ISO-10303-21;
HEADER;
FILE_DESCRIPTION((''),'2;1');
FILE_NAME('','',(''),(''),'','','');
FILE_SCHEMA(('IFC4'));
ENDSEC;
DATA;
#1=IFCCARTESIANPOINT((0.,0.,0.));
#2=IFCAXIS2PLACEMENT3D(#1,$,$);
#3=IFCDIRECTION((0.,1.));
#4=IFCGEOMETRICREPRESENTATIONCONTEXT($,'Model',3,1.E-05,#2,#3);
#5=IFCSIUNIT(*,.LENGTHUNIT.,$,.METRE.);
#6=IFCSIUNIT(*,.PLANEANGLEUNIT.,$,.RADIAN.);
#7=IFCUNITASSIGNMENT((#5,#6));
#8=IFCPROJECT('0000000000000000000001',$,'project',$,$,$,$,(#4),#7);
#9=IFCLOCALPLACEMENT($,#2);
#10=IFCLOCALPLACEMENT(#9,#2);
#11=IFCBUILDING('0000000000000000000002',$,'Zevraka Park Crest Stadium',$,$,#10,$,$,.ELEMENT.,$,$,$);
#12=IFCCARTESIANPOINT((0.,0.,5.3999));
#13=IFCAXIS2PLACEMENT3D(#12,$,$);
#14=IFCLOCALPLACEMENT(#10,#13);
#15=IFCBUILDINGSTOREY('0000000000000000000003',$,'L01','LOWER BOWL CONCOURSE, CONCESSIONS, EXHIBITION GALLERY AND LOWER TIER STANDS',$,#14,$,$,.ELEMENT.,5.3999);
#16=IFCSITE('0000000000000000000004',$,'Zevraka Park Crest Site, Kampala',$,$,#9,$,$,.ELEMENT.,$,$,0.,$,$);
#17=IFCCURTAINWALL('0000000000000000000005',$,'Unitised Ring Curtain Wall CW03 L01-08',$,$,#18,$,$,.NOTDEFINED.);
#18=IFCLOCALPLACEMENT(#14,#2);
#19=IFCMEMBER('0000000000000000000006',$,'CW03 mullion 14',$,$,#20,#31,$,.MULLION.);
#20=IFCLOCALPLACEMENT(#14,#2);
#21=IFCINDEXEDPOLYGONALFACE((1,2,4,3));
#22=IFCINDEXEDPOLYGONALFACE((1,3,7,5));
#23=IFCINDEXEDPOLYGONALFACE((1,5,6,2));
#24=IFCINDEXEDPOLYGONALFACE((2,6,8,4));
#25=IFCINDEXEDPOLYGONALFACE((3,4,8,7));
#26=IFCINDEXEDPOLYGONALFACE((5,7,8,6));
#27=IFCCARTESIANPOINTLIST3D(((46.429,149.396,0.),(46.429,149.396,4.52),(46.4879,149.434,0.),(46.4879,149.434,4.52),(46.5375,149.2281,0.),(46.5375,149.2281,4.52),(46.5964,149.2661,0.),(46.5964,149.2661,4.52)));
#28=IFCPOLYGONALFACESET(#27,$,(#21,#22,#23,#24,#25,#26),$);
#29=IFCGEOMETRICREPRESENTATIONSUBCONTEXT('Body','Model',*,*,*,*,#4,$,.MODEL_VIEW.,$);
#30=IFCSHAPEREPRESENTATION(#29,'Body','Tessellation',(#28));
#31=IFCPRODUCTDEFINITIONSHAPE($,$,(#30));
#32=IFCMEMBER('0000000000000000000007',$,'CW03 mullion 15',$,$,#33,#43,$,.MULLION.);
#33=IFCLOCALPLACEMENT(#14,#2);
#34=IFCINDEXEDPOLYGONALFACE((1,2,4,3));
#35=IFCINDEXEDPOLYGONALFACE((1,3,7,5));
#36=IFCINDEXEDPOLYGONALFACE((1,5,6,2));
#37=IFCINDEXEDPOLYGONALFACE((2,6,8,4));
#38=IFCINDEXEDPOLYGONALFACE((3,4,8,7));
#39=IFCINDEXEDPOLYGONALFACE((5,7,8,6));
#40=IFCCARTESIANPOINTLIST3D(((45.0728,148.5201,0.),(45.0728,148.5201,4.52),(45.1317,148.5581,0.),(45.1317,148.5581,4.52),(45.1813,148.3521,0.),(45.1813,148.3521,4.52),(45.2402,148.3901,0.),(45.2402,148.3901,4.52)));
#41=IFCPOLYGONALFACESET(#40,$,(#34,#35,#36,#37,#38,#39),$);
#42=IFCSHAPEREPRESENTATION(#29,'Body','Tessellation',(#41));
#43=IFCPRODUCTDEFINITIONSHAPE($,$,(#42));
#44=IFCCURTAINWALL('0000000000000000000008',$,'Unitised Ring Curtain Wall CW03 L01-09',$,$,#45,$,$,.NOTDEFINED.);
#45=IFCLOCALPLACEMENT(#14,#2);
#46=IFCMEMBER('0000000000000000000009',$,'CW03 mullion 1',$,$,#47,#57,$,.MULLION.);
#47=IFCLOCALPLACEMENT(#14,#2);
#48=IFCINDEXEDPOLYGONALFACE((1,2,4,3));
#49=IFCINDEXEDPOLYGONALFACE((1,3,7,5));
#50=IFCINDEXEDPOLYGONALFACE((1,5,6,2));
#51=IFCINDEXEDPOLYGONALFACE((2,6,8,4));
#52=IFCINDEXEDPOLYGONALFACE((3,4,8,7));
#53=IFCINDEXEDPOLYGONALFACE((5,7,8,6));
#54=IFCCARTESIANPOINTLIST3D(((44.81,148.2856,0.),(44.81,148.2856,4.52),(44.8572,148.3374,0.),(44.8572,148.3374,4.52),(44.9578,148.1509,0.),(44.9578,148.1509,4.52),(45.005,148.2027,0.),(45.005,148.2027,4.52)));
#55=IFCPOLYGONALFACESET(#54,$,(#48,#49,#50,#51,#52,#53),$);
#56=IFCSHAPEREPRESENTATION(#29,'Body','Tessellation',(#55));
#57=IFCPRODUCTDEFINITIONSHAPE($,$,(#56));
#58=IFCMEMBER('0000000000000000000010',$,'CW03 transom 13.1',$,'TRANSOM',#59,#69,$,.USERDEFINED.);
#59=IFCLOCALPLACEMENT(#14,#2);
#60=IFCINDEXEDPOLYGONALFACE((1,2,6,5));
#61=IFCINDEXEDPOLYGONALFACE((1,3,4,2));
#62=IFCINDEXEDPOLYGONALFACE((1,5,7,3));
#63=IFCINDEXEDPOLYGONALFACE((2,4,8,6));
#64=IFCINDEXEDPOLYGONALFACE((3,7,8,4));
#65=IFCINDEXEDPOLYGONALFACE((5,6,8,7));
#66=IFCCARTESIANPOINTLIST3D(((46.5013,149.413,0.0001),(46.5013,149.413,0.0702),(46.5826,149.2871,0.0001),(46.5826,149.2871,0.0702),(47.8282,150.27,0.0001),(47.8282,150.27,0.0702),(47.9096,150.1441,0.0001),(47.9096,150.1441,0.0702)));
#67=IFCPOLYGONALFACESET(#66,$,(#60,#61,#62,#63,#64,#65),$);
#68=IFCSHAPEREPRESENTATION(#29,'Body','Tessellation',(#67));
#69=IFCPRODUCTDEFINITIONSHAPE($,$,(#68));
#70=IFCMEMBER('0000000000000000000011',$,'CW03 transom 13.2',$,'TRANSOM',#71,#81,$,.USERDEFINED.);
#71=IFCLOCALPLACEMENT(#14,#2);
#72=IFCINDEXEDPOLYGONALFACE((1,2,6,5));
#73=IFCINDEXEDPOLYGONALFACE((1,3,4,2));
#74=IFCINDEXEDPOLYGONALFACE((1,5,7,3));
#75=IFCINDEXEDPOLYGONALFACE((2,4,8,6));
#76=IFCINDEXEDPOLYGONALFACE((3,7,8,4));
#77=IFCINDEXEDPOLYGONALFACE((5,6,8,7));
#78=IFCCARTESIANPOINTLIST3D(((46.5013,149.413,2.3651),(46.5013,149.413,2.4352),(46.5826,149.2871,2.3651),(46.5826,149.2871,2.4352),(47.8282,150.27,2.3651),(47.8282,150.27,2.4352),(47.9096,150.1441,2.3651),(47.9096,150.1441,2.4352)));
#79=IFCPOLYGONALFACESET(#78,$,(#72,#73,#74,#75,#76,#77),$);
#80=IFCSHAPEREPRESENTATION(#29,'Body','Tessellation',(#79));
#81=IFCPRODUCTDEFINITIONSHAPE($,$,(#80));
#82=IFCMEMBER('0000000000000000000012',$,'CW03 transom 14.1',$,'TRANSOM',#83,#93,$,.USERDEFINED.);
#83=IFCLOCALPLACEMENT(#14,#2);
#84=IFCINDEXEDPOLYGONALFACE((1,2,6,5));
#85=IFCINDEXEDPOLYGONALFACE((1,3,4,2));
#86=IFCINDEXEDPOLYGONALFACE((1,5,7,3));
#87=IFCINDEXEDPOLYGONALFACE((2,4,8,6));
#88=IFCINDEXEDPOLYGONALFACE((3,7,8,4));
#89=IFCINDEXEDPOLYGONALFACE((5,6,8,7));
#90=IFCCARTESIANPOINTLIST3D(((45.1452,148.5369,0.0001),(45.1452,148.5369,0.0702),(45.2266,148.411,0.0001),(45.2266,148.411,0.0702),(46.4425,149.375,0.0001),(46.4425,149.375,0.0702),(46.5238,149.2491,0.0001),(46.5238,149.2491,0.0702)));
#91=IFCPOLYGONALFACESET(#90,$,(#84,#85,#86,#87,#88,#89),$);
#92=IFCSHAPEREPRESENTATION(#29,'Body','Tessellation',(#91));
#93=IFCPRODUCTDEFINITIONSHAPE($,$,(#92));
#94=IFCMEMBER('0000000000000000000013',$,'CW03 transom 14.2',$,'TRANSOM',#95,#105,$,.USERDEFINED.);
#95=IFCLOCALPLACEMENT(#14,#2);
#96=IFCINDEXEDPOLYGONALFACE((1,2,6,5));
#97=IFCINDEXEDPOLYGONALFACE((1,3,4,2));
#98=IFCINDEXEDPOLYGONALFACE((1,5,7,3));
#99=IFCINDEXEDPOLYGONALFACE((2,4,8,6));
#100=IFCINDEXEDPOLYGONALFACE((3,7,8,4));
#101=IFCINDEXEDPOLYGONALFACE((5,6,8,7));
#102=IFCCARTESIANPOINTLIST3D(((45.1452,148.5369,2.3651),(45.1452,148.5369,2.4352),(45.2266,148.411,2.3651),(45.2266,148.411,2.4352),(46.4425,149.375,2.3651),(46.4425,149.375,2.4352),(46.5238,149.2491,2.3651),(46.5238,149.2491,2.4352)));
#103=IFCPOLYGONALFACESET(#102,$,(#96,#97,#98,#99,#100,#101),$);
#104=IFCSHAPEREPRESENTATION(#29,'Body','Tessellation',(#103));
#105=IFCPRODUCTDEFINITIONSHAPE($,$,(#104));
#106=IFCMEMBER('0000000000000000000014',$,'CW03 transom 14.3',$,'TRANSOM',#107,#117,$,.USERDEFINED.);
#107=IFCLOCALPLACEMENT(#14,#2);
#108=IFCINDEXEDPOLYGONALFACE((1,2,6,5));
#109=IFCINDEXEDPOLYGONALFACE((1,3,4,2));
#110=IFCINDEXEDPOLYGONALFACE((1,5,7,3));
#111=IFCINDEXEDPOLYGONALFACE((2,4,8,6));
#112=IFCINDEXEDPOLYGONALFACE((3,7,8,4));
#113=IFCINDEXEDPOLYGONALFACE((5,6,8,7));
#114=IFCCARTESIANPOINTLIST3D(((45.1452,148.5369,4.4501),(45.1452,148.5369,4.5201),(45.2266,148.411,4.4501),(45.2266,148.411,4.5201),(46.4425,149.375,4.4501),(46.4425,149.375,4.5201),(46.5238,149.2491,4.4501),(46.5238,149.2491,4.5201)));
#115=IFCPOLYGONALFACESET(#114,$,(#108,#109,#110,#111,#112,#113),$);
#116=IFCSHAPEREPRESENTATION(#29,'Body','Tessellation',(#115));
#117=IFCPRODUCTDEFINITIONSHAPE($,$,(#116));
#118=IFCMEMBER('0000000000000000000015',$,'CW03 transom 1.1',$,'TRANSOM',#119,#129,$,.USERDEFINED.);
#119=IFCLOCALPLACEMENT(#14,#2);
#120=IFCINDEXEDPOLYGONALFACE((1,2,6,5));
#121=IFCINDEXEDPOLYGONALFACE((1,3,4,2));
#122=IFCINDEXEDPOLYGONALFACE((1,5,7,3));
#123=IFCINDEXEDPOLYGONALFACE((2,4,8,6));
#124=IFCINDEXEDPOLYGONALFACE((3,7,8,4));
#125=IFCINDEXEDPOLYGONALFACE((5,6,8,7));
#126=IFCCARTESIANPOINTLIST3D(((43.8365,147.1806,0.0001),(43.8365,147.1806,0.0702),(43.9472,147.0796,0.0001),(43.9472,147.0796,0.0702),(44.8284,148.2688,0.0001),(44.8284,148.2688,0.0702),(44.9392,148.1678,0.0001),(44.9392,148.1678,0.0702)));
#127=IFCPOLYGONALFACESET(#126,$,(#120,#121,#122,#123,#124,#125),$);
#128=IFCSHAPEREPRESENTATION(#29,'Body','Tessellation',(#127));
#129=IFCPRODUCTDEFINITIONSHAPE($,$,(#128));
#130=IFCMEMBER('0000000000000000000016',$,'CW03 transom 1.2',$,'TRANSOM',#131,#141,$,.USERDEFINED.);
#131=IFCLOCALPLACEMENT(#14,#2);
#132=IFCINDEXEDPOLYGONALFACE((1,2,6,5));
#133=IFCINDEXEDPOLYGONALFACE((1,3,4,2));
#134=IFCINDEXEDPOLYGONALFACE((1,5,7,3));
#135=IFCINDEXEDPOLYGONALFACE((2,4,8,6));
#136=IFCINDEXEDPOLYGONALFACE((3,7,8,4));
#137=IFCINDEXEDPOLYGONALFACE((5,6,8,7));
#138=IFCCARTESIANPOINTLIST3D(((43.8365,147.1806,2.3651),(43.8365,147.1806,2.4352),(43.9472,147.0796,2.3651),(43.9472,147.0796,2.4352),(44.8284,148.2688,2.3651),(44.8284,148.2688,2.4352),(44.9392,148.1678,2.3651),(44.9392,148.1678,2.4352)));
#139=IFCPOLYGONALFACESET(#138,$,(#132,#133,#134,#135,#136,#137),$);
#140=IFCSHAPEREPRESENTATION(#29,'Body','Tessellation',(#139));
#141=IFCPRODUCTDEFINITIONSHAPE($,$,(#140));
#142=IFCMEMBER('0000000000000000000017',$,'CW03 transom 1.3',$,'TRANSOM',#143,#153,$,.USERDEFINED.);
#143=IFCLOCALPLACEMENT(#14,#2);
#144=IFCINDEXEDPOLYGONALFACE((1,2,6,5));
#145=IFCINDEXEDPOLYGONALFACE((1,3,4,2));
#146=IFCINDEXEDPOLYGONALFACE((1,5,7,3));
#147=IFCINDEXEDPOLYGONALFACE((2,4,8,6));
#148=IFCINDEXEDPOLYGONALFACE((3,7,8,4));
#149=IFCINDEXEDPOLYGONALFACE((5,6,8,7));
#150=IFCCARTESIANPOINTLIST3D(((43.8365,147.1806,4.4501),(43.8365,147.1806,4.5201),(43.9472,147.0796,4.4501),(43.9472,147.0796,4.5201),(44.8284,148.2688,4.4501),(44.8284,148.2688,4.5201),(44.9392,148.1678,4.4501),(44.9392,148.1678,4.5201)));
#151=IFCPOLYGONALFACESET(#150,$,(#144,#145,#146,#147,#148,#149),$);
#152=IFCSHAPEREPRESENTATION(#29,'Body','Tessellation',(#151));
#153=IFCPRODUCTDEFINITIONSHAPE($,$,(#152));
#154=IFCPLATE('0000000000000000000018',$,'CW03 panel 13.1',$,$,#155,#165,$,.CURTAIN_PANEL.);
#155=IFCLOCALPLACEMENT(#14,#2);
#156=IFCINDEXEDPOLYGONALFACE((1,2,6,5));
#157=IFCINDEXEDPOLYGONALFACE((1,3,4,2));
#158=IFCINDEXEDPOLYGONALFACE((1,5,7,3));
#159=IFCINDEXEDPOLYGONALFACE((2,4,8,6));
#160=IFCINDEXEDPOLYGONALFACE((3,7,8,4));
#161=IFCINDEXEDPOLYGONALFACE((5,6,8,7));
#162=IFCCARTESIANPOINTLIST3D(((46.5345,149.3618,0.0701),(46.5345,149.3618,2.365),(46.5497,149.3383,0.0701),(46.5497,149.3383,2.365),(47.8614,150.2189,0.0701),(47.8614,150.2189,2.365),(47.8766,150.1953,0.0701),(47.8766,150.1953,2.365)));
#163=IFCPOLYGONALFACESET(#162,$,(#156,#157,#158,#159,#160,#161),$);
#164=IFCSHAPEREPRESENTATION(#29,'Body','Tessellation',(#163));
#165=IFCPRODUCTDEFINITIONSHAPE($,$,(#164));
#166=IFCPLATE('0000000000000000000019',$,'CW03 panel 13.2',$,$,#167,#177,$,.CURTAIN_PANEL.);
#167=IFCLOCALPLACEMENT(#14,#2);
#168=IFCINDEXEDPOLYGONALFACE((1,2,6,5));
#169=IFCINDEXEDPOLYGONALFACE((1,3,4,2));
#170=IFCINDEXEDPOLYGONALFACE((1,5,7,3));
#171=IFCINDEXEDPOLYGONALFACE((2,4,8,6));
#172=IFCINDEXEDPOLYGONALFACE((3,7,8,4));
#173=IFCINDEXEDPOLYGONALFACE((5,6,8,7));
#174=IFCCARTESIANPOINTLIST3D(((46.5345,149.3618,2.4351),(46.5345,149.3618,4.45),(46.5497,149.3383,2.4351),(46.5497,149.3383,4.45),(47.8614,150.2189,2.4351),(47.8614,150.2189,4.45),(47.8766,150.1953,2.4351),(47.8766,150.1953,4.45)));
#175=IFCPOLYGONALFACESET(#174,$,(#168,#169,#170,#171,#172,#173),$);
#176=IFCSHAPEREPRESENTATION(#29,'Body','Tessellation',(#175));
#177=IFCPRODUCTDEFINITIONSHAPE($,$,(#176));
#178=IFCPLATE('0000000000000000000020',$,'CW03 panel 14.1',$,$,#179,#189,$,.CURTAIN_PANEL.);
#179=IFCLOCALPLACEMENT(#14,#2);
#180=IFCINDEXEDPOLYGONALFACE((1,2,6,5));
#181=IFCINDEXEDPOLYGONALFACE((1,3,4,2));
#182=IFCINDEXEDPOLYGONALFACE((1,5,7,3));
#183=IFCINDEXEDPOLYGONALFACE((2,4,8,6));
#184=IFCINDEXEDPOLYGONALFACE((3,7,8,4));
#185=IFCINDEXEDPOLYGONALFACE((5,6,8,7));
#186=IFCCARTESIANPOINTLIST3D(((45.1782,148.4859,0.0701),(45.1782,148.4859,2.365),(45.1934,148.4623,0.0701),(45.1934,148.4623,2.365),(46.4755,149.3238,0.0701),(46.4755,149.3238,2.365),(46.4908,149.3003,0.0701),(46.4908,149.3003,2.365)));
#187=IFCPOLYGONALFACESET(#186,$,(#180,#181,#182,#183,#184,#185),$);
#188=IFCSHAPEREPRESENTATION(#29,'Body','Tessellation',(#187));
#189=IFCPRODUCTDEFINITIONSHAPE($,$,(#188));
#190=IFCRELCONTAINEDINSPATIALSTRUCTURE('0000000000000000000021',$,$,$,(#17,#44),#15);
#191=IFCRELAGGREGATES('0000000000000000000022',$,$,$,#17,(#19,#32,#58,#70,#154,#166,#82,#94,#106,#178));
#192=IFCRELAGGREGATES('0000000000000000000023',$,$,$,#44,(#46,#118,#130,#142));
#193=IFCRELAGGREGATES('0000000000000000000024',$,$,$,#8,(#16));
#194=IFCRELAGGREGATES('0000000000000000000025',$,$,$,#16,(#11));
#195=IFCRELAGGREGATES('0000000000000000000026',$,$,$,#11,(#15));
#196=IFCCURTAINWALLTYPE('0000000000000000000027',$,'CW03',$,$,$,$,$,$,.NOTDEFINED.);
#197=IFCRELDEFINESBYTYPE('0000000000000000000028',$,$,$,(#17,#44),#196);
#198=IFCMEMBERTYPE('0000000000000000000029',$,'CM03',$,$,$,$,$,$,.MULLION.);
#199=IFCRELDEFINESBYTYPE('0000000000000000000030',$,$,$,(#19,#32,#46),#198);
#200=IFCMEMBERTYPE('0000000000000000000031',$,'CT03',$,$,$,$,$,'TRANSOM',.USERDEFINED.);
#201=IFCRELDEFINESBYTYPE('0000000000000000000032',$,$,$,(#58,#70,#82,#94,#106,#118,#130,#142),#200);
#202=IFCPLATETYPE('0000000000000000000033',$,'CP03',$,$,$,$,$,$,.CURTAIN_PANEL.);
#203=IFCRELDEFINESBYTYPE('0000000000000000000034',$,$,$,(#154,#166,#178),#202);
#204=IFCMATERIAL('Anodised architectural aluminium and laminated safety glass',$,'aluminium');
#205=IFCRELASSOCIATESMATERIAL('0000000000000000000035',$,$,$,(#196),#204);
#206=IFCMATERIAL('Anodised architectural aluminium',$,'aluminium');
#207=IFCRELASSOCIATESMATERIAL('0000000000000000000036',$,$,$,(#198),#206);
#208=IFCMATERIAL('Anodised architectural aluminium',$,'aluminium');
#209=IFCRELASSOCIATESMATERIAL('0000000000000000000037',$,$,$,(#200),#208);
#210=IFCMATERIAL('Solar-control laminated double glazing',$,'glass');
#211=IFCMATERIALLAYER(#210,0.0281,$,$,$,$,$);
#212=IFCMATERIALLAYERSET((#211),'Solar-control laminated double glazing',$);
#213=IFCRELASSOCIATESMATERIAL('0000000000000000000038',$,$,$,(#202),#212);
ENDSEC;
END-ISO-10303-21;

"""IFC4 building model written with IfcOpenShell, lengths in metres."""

from ifc_helpers import new_model, si_unit, direction, frame, origin, origin_2d, place, context, subcontext, project, spatial, rectangle, extrude, material, layer, layer_set, material_profile, profile_set, type_object, element, aggregate, save


model = new_model("IFC4")

# Units and contexts
model_context = context("Model", 3, precision=1e-05, world=origin(), true_north=direction((0.0, 1.0)))
body_context = subcontext(model_context, "Body", "Model", "MODEL_VIEW")
ifc_project = project(units=[si_unit("LENGTHUNIT", "METRE"), si_unit("PLANEANGLEUNIT", "RADIAN")], contexts=[model_context])

# Site, building, storey
site_placement = place(None, origin())
site = spatial("IfcSite", under=ifc_project, at=site_placement, Name="Zevraka Park Crest Site, Kampala", CompositionType="ELEMENT", RefElevation=0.0)
building_placement = place(site_placement, origin())
building = spatial("IfcBuilding", under=site, at=building_placement, Name="Zevraka Park Crest Stadium", CompositionType="ELEMENT")
storey_placement = place(building_placement, frame((0.0, 0.0, 5.3999)))
storey = spatial("IfcBuildingStorey", under=building, at=storey_placement, Name="L01", Description="LOWER BOWL CONCOURSE, CONCESSIONS, EXHIBITION GALLERY AND LOWER TIER STANDS", CompositionType="ELEMENT", Elevation=5.3999)

# Curtain wall, members
ifc_material_1 = material(Name="Anodised architectural aluminium and laminated safety glass", Category="aluminium")
curtain_wall_type = type_object("IfcCurtainWallType", Name="CW03", PredefinedType="NOTDEFINED", material=ifc_material_1)
curtain_wall_1_placement = place(storey_placement, origin())
curtain_wall_1 = element("IfcCurtainWall", 1, at=curtain_wall_1_placement, inside=storey, type_object=curtain_wall_type, Name="Unitised Ring Curtain Wall CW03 L01-08", PredefinedType="NOTDEFINED")
ifc_material_2 = material(Name="Anodised architectural aluminium", Category="aluminium")
ifc_material_profile_1 = material_profile(ifc_material_2, rectangle(XDim=0.2, YDim=0.0701, at=origin_2d()), Name="ALU MULLION 200x70")
ifc_profile_set_1 = profile_set([ifc_material_profile_1], Name="Anodised architectural aluminium")
member_type_1 = type_object("IfcMemberType", Name="CM03", PredefinedType="MULLION", material=ifc_profile_set_1)
member_1_placement = place(storey_placement, frame((46.5127, 149.3311, 0.0), z_axis=(0.0, 0.0, 1.0), x_axis=(0.542571, -0.84001, 0.0)))
member_1 = element("IfcMember", 2, at=member_1_placement, type_object=member_type_1, Name="CW03 mullion 14", PredefinedType="MULLION", context=body_context, shape_type="SweptSolid", body=[
    extrude(rectangle(XDim=0.2, YDim=0.0701, at=origin_2d()), origin(), (0.0, 0.0, 1.0), 4.52),
])
member_2_placement = place(storey_placement, frame((45.1565, 148.4551, 0.0), z_axis=(0.0, 0.0, 1.0), x_axis=(0.542571, -0.84001, 0.0)))
member_2 = element("IfcMember", 3, at=member_2_placement, type_object=member_type_1, Name="CW03 mullion 15", PredefinedType="MULLION", context=body_context, shape_type="SweptSolid", body=[
    extrude(rectangle(XDim=0.2, YDim=0.0701, at=origin_2d()), origin(), (0.0, 0.0, 1.0), 4.52),
])

# Curtain wall, member
curtain_wall_2_placement = place(storey_placement, origin())
curtain_wall_2 = element("IfcCurtainWall", 4, at=curtain_wall_2_placement, inside=storey, type_object=curtain_wall_type, Name="Unitised Ring Curtain Wall CW03 L01-09", PredefinedType="NOTDEFINED")
member_3_placement = place(storey_placement, frame((44.9075, 148.2441, 0.0), z_axis=(0.0, 0.0, 1.0), x_axis=(0.739023, -0.67368, 0.0)))
member_3 = element("IfcMember", 5, at=member_3_placement, type_object=member_type_1, Name="CW03 mullion 1", PredefinedType="MULLION", context=body_context, shape_type="SweptSolid", body=[
    extrude(rectangle(XDim=0.2, YDim=0.0701, at=origin_2d()), origin(), (0.0, 0.0, 1.0), 4.52),
])

# Members
ifc_material_3 = material(Name="Anodised architectural aluminium", Category="aluminium")
ifc_material_profile_2 = material_profile(ifc_material_3, rectangle(XDim=0.1499, YDim=0.0701, at=origin_2d()), Name="ALU TRANSOM 150x70")
ifc_profile_set_2 = profile_set([ifc_material_profile_2], Name="Anodised architectural aluminium")
member_type_2 = type_object("IfcMemberType", Name="CT03", ElementType="TRANSOM", PredefinedType="USERDEFINED", material=ifc_profile_set_2)
member_4_placement = place(storey_placement, frame((47.8689, 150.207, 0.0352), z_axis=(-0.840047, -0.542514, 0.0), x_axis=(0.542514, -0.840047, 0.0)))
member_4 = element("IfcMember", 6, at=member_4_placement, type_object=member_type_2, Name="CW03 transom 13.1", ObjectType="TRANSOM", PredefinedType="USERDEFINED", context=body_context, shape_type="SweptSolid", body=[
    extrude(rectangle(XDim=0.1499, YDim=0.0701, at=origin_2d()), origin(), (0.0, 0.0, 1.0), 1.5796),
])
member_5_placement = place(storey_placement, frame((47.8689, 150.207, 2.4001), z_axis=(-0.840047, -0.542514, 0.0), x_axis=(0.542514, -0.840047, 0.0)))
member_5 = element("IfcMember", 7, at=member_5_placement, type_object=member_type_2, Name="CW03 transom 13.2", ObjectType="TRANSOM", PredefinedType="USERDEFINED", context=body_context, shape_type="SweptSolid", body=[
    extrude(rectangle(XDim=0.1499, YDim=0.0701, at=origin_2d()), origin(), (0.0, 0.0, 1.0), 1.5796),
])
member_6_placement = place(storey_placement, frame((46.4832, 149.312, 0.0352), z_axis=(-0.839964, -0.542642, 0.0), x_axis=(0.542642, -0.839964, 0.0)))
member_6 = element("IfcMember", 8, at=member_6_placement, type_object=member_type_2, Name="CW03 transom 14.1", ObjectType="TRANSOM", PredefinedType="USERDEFINED", context=body_context, shape_type="SweptSolid", body=[
    extrude(rectangle(XDim=0.1499, YDim=0.0701, at=origin_2d()), origin(), (0.0, 0.0, 1.0), 1.5444),
])
member_7_placement = place(storey_placement, frame((46.4832, 149.312, 2.4001), z_axis=(-0.839964, -0.542642, 0.0), x_axis=(0.542642, -0.839964, 0.0)))
member_7 = element("IfcMember", 9, at=member_7_placement, type_object=member_type_2, Name="CW03 transom 14.2", ObjectType="TRANSOM", PredefinedType="USERDEFINED", context=body_context, shape_type="SweptSolid", body=[
    extrude(rectangle(XDim=0.1499, YDim=0.0701, at=origin_2d()), origin(), (0.0, 0.0, 1.0), 1.5444),
])
member_8_placement = place(storey_placement, frame((46.4832, 149.312, 4.4851), z_axis=(-0.839964, -0.542642, 0.0), x_axis=(0.542642, -0.839964, 0.0)))
member_8 = element("IfcMember", 10, at=member_8_placement, type_object=member_type_2, Name="CW03 transom 14.3", ObjectType="TRANSOM", PredefinedType="USERDEFINED", context=body_context, shape_type="SweptSolid", body=[
    extrude(rectangle(XDim=0.1499, YDim=0.0701, at=origin_2d()), origin(), (0.0, 0.0, 1.0), 1.5444),
])
member_9_placement = place(storey_placement, frame((44.8838, 148.2183, 0.0352), z_axis=(-0.673687, -0.739017, 0.0), x_axis=(0.739017, -0.673687, 0.0)))
member_9 = element("IfcMember", 11, at=member_9_placement, type_object=member_type_2, Name="CW03 transom 1.1", ObjectType="TRANSOM", PredefinedType="USERDEFINED", context=body_context, shape_type="SweptSolid", body=[
    extrude(rectangle(XDim=0.1499, YDim=0.0701, at=origin_2d()), origin(), (0.0, 0.0, 1.0), 1.4724),
])
member_10_placement = place(storey_placement, frame((44.8838, 148.2183, 2.4001), z_axis=(-0.673687, -0.739017, 0.0), x_axis=(0.739017, -0.673687, 0.0)))
member_10 = element("IfcMember", 12, at=member_10_placement, type_object=member_type_2, Name="CW03 transom 1.2", ObjectType="TRANSOM", PredefinedType="USERDEFINED", context=body_context, shape_type="SweptSolid", body=[
    extrude(rectangle(XDim=0.1499, YDim=0.0701, at=origin_2d()), origin(), (0.0, 0.0, 1.0), 1.4724),
])
member_11_placement = place(storey_placement, frame((44.8838, 148.2183, 4.4851), z_axis=(-0.673687, -0.739017, 0.0), x_axis=(0.739017, -0.673687, 0.0)))
member_11 = element("IfcMember", 13, at=member_11_placement, type_object=member_type_2, Name="CW03 transom 1.3", ObjectType="TRANSOM", PredefinedType="USERDEFINED", context=body_context, shape_type="SweptSolid", body=[
    extrude(rectangle(XDim=0.1499, YDim=0.0701, at=origin_2d()), origin(), (0.0, 0.0, 1.0), 1.4724),
])

# Plates
ifc_material_4 = material(Name="Solar-control laminated double glazing", Category="glass")
ifc_layer_1 = layer(ifc_material_4, 0.0281)
ifc_layer_set_1 = layer_set([ifc_layer_1], Name="Solar-control laminated double glazing")
plate_type = type_object("IfcPlateType", Name="CP03", PredefinedType="CURTAIN_PANEL", material=ifc_layer_set_1)
plate_1_placement = place(storey_placement, frame((47.2056, 149.7786, 0.0701), z_axis=(0.0, 0.0, 1.0), x_axis=(-0.84001, -0.542571, 0.0)))
plate_1 = element("IfcPlate", 14, at=plate_1_placement, type_object=plate_type, Name="CW03 panel 13.1", PredefinedType="CURTAIN_PANEL", context=body_context, shape_type="SweptSolid", body=[
    extrude(rectangle(XDim=1.5796, YDim=0.0281, at=origin_2d()), origin(), (0.0, 0.0, 1.0), 2.2949),
])
plate_2_placement = place(storey_placement, frame((47.2056, 149.7786, 2.4351), z_axis=(0.0, 0.0, 1.0), x_axis=(-0.84001, -0.542571, 0.0)))
plate_2 = element("IfcPlate", 15, at=plate_2_placement, type_object=plate_type, Name="CW03 panel 13.2", PredefinedType="CURTAIN_PANEL", context=body_context, shape_type="SweptSolid", body=[
    extrude(rectangle(XDim=1.5796, YDim=0.0281, at=origin_2d()), origin(), (0.0, 0.0, 1.0), 2.0149),
])
plate_3_placement = place(storey_placement, frame((45.8345, 148.8931, 0.0701), z_axis=(0.0, 0.0, 1.0), x_axis=(-0.84001, -0.542571, 0.0)))
plate_3 = element("IfcPlate", 16, at=plate_3_placement, type_object=plate_type, Name="CW03 panel 14.1", PredefinedType="CURTAIN_PANEL", context=body_context, shape_type="SweptSolid", body=[
    extrude(rectangle(XDim=1.5444, YDim=0.0281, at=origin_2d()), origin(), (0.0, 0.0, 1.0), 2.2949),
])
aggregate(curtain_wall_1, [member_1, member_2, member_4, member_5, plate_1, plate_2, member_6, member_7, member_8, plate_3])
aggregate(curtain_wall_2, [member_3, member_9, member_10, member_11])

save(model, "model.ifc")
